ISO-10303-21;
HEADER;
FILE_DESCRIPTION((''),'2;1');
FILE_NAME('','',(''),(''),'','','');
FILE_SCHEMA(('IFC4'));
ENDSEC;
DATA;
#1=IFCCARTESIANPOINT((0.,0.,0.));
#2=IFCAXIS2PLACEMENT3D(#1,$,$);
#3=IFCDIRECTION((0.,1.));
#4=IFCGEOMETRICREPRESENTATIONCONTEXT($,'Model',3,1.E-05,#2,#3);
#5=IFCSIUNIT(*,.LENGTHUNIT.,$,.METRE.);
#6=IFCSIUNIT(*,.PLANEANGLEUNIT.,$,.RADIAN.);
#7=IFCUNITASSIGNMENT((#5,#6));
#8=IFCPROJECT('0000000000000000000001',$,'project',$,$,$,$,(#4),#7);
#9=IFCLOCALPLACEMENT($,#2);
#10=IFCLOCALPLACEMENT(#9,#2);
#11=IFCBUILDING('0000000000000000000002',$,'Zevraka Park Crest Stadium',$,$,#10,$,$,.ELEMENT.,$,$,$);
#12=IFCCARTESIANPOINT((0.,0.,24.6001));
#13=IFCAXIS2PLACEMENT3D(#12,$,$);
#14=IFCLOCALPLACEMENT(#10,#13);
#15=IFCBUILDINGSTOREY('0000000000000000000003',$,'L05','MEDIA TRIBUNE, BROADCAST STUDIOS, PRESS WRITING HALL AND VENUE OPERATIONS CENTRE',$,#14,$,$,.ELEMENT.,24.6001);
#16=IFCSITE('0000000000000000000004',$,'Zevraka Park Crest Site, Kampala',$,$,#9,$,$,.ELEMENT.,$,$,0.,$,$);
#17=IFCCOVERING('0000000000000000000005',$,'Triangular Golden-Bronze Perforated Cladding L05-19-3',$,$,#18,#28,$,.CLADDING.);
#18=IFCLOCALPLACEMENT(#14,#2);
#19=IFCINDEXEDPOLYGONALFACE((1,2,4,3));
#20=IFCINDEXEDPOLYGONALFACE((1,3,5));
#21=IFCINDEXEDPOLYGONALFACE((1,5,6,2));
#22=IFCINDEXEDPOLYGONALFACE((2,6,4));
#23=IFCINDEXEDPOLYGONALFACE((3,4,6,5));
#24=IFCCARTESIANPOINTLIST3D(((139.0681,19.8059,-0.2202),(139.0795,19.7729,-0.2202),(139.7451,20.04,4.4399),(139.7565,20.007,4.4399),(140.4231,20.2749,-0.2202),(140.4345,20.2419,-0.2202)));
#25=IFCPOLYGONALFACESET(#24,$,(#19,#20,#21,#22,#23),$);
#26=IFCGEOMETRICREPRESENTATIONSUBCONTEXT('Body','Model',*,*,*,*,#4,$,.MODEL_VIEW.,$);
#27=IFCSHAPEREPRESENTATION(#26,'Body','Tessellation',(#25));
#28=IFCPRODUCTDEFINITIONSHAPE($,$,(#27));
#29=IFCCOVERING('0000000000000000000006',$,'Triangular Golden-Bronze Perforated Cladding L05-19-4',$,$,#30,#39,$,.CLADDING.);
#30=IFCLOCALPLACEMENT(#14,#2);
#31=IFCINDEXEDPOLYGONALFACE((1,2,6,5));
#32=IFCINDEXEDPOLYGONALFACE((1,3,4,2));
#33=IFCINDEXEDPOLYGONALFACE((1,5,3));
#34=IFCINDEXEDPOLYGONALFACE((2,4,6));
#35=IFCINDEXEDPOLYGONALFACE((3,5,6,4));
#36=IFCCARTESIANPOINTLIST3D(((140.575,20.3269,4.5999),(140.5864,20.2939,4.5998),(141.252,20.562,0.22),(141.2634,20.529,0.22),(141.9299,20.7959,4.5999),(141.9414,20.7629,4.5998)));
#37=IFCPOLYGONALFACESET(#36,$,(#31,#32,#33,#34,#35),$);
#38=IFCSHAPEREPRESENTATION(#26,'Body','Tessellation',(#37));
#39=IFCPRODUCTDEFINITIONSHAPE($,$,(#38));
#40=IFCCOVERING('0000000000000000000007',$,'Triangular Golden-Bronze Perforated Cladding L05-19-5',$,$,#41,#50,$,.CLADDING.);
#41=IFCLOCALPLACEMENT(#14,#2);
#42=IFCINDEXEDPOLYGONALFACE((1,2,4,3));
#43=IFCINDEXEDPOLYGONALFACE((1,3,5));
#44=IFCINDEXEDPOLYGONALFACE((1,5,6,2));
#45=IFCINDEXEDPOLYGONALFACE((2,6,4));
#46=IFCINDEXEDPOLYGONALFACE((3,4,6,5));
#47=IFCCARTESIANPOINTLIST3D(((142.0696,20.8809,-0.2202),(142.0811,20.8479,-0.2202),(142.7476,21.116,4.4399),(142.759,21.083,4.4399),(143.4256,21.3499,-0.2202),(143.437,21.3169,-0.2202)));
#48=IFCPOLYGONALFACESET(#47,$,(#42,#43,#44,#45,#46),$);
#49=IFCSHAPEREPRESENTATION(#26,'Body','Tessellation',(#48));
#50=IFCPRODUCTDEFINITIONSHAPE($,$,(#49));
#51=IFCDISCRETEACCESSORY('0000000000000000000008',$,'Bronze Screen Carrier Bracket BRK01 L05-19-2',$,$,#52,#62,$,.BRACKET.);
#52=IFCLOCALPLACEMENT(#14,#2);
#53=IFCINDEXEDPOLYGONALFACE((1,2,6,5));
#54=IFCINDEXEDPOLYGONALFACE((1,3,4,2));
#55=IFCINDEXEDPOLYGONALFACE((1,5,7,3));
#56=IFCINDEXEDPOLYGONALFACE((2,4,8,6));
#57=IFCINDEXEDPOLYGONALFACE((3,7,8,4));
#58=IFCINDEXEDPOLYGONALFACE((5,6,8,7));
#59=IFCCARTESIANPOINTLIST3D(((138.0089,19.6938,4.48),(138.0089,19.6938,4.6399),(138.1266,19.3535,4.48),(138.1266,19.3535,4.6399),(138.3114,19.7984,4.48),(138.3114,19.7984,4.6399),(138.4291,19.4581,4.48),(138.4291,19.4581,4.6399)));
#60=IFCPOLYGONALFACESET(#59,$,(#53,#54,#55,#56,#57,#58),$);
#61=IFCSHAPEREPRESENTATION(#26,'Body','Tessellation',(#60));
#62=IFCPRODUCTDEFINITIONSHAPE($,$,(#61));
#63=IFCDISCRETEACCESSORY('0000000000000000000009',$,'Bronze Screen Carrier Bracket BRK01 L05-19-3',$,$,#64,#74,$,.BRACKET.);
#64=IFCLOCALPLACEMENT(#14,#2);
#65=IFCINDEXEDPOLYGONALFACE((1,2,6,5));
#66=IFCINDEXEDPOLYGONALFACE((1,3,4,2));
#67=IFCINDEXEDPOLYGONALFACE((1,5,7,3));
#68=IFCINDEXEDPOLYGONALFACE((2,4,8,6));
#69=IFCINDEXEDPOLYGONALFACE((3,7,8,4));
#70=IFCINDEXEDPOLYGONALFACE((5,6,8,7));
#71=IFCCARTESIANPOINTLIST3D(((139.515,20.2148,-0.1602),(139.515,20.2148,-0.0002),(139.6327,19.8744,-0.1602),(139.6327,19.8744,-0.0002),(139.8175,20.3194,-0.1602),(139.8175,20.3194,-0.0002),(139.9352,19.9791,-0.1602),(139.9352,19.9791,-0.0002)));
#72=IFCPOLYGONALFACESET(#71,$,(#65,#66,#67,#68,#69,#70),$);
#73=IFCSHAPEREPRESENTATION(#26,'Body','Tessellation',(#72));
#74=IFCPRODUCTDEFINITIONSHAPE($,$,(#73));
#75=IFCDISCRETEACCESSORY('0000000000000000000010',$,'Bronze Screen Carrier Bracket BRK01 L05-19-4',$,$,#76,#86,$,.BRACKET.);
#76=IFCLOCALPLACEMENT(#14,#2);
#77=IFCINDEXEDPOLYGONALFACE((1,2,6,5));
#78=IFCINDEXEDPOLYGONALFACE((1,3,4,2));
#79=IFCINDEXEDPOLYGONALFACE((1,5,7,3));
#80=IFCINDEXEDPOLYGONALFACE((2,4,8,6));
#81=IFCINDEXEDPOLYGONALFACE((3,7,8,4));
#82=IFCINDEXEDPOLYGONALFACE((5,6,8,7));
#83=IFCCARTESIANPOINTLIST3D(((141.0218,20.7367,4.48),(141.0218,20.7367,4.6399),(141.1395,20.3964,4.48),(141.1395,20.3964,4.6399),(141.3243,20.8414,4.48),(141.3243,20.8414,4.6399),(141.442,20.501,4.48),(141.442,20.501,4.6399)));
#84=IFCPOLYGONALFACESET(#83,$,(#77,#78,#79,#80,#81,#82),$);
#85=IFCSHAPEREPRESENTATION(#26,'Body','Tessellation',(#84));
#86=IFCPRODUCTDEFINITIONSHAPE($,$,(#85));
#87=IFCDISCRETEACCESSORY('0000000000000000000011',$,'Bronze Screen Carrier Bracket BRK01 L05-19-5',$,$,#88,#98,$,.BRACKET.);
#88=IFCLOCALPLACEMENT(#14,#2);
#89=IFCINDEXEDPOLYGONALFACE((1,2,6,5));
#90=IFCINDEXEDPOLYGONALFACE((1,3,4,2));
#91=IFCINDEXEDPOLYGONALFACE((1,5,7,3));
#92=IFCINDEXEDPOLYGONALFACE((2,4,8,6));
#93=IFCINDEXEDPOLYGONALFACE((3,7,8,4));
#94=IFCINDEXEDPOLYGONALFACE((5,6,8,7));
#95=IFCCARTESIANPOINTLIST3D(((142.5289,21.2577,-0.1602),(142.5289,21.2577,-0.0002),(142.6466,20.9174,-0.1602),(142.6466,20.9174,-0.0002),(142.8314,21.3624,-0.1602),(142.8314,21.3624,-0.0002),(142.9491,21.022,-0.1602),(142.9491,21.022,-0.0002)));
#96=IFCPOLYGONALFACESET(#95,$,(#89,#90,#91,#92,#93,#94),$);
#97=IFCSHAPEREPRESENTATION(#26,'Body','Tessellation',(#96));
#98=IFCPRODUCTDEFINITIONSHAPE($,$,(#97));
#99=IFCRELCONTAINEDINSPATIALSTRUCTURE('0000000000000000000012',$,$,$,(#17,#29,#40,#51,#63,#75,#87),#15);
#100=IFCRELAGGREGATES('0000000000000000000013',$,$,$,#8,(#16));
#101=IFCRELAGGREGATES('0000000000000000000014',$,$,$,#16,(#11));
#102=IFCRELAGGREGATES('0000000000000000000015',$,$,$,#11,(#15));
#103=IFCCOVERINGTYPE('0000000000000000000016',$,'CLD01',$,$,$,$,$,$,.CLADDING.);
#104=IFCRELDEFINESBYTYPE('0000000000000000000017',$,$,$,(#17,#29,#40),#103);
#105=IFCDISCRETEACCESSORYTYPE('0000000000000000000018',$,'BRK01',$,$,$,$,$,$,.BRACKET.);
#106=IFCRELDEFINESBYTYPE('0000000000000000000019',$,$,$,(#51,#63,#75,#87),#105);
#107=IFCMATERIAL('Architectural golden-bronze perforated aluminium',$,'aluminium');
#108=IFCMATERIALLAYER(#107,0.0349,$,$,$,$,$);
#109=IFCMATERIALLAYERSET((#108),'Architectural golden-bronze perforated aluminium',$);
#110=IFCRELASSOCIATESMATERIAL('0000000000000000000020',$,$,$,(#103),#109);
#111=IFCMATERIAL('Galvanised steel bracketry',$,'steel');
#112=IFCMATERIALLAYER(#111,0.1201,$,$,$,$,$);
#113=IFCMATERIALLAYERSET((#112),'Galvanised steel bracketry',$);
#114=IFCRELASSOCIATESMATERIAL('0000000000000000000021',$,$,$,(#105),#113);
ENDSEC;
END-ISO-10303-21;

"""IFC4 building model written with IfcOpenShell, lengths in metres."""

from ifc_helpers import new_model, si_unit, direction, frame, origin, origin_2d, place, context, subcontext, project, spatial, polyline, rectangle, outline, extrude, material, layer, layer_set, type_object, element, save


model = new_model("IFC4")

# Units and contexts
model_context = context("Model", 3, precision=1e-05, world=origin(), true_north=direction((0.0, 1.0)))
body_context = subcontext(model_context, "Body", "Model", "MODEL_VIEW")
ifc_project = project(units=[si_unit("LENGTHUNIT", "METRE"), si_unit("PLANEANGLEUNIT", "RADIAN")], contexts=[model_context])

# Site, building, storey
site_placement = place(None, origin())
site = spatial("IfcSite", under=ifc_project, at=site_placement, Name="Zevraka Park Crest Site, Kampala", CompositionType="ELEMENT", RefElevation=0.0)
building_placement = place(site_placement, origin())
building = spatial("IfcBuilding", under=site, at=building_placement, Name="Zevraka Park Crest Stadium", CompositionType="ELEMENT")
storey_placement = place(building_placement, frame((0.0, 0.0, 24.6001)))
storey = spatial("IfcBuildingStorey", under=building, at=storey_placement, Name="L05", Description="MEDIA TRIBUNE, BROADCAST STUDIOS, PRESS WRITING HALL AND VENUE OPERATIONS CENTRE", CompositionType="ELEMENT", Elevation=24.6001)

# Coverings
ifc_material_1 = material(Name="Architectural golden-bronze perforated aluminium", Category="aluminium")
ifc_layer_1 = layer(ifc_material_1, 0.0349)
ifc_layer_set_1 = layer_set([ifc_layer_1], Name="Architectural golden-bronze perforated aluminium")
covering_type = type_object("IfcCoveringType", Name="CLD01", PredefinedType="CLADDING", material=ifc_layer_set_1)
covering_1_placement = place(storey_placement, frame((139.0681, 19.8059, -0.2202), z_axis=(-0.327087, 0.944994, 0.00004), x_axis=(0.944994, 0.327087, 0.0)))
element("IfcCovering", 1, at=covering_1_placement, inside=storey, type_object=covering_type, Name="Triangular Golden-Bronze Perforated Cladding L05-19-3", PredefinedType="CLADDING", context=body_context, shape_type="SweptSolid", body=[
    extrude(outline(polyline([(0.0, 0.0), (1.4339, 0.0), (0.7163, -4.6602), (0.0, 0.0)])), origin(), (0.0, 0.0, -1.0), 0.0349),
])
covering_2_placement = place(storey_placement, frame((141.9299, 20.7959, 4.5999), z_axis=(-0.327087, 0.944994, 0.000168), x_axis=(-0.944994, -0.327087, 0.0)))
element("IfcCovering", 2, at=covering_2_placement, inside=storey, type_object=covering_type, Name="Triangular Golden-Bronze Perforated Cladding L05-19-4", PredefinedType="CLADDING", context=body_context, shape_type="SweptSolid", body=[
    extrude(outline(polyline([(0.0, 0.0), (1.4339, 0.0), (0.7172, -4.3799), (0.0, 0.0)])), origin(), (0.0, 0.0, -1.0), 0.0349),
])
covering_3_placement = place(storey_placement, frame((142.0811, 20.8479, -0.2202), z_axis=(0.326877, -0.945067, 0.000124), x_axis=(0.945067, 0.326877, 0.0)))
element("IfcCovering", 3, at=covering_3_placement, inside=storey, type_object=covering_type, Name="Triangular Golden-Bronze Perforated Cladding L05-19-5", PredefinedType="CLADDING", context=body_context, shape_type="SweptSolid", body=[
    extrude(outline(polyline([(0.0, 0.0), (1.4348, 0.0), (0.7176, 4.6602), (0.0, 0.0)])), origin(), (0.0, 0.0, -1.0), 0.0349),
])

# Discrete accessories
ifc_material_2 = material(Name="Galvanised steel bracketry", Category="steel")
ifc_layer_2 = layer(ifc_material_2, 0.1201)
ifc_layer_set_2 = layer_set([ifc_layer_2], Name="Galvanised steel bracketry")
discrete_accessory_type = type_object("IfcDiscreteAccessoryType", Name="BRK01", PredefinedType="BRACKET", material=ifc_layer_set_2)
for number, where, z_axis, x_axis, name in (
    (4, (138.219, 19.5759, 4.48), (0.0, 0.0, 1.0), (0.945063, 0.326888, 0.0), "Bronze Screen Carrier Bracket BRK01 L05-19-2"),
    (5, (139.7251, 20.0969, -0.1602), (0.0, 0.0, 1.0), (0.945063, 0.326888, 0.0), "Bronze Screen Carrier Bracket BRK01 L05-19-3"),
    (6, (141.2319, 20.6189, 4.48), (0.0, 0.0, 1.0), (0.945063, 0.326888, 0.0), "Bronze Screen Carrier Bracket BRK01 L05-19-4"),
    (7, (142.739, 21.1399, -0.1602), (0.0, 0.0, 1.0), (0.945063, 0.326888, 0.0), "Bronze Screen Carrier Bracket BRK01 L05-19-5"),
):
    element("IfcDiscreteAccessory", number, at=place(storey_placement, frame(where, z_axis=z_axis, x_axis=x_axis)), inside=storey, type_object=discrete_accessory_type, Name=name, PredefinedType="BRACKET", context=body_context, shape_type="SweptSolid", body=[
        extrude(rectangle(XDim=0.3201, YDim=0.3601, at=origin_2d()), origin(), (0.0, 0.0, 1.0), 0.1599),
    ])

save(model, "model.ifc")
